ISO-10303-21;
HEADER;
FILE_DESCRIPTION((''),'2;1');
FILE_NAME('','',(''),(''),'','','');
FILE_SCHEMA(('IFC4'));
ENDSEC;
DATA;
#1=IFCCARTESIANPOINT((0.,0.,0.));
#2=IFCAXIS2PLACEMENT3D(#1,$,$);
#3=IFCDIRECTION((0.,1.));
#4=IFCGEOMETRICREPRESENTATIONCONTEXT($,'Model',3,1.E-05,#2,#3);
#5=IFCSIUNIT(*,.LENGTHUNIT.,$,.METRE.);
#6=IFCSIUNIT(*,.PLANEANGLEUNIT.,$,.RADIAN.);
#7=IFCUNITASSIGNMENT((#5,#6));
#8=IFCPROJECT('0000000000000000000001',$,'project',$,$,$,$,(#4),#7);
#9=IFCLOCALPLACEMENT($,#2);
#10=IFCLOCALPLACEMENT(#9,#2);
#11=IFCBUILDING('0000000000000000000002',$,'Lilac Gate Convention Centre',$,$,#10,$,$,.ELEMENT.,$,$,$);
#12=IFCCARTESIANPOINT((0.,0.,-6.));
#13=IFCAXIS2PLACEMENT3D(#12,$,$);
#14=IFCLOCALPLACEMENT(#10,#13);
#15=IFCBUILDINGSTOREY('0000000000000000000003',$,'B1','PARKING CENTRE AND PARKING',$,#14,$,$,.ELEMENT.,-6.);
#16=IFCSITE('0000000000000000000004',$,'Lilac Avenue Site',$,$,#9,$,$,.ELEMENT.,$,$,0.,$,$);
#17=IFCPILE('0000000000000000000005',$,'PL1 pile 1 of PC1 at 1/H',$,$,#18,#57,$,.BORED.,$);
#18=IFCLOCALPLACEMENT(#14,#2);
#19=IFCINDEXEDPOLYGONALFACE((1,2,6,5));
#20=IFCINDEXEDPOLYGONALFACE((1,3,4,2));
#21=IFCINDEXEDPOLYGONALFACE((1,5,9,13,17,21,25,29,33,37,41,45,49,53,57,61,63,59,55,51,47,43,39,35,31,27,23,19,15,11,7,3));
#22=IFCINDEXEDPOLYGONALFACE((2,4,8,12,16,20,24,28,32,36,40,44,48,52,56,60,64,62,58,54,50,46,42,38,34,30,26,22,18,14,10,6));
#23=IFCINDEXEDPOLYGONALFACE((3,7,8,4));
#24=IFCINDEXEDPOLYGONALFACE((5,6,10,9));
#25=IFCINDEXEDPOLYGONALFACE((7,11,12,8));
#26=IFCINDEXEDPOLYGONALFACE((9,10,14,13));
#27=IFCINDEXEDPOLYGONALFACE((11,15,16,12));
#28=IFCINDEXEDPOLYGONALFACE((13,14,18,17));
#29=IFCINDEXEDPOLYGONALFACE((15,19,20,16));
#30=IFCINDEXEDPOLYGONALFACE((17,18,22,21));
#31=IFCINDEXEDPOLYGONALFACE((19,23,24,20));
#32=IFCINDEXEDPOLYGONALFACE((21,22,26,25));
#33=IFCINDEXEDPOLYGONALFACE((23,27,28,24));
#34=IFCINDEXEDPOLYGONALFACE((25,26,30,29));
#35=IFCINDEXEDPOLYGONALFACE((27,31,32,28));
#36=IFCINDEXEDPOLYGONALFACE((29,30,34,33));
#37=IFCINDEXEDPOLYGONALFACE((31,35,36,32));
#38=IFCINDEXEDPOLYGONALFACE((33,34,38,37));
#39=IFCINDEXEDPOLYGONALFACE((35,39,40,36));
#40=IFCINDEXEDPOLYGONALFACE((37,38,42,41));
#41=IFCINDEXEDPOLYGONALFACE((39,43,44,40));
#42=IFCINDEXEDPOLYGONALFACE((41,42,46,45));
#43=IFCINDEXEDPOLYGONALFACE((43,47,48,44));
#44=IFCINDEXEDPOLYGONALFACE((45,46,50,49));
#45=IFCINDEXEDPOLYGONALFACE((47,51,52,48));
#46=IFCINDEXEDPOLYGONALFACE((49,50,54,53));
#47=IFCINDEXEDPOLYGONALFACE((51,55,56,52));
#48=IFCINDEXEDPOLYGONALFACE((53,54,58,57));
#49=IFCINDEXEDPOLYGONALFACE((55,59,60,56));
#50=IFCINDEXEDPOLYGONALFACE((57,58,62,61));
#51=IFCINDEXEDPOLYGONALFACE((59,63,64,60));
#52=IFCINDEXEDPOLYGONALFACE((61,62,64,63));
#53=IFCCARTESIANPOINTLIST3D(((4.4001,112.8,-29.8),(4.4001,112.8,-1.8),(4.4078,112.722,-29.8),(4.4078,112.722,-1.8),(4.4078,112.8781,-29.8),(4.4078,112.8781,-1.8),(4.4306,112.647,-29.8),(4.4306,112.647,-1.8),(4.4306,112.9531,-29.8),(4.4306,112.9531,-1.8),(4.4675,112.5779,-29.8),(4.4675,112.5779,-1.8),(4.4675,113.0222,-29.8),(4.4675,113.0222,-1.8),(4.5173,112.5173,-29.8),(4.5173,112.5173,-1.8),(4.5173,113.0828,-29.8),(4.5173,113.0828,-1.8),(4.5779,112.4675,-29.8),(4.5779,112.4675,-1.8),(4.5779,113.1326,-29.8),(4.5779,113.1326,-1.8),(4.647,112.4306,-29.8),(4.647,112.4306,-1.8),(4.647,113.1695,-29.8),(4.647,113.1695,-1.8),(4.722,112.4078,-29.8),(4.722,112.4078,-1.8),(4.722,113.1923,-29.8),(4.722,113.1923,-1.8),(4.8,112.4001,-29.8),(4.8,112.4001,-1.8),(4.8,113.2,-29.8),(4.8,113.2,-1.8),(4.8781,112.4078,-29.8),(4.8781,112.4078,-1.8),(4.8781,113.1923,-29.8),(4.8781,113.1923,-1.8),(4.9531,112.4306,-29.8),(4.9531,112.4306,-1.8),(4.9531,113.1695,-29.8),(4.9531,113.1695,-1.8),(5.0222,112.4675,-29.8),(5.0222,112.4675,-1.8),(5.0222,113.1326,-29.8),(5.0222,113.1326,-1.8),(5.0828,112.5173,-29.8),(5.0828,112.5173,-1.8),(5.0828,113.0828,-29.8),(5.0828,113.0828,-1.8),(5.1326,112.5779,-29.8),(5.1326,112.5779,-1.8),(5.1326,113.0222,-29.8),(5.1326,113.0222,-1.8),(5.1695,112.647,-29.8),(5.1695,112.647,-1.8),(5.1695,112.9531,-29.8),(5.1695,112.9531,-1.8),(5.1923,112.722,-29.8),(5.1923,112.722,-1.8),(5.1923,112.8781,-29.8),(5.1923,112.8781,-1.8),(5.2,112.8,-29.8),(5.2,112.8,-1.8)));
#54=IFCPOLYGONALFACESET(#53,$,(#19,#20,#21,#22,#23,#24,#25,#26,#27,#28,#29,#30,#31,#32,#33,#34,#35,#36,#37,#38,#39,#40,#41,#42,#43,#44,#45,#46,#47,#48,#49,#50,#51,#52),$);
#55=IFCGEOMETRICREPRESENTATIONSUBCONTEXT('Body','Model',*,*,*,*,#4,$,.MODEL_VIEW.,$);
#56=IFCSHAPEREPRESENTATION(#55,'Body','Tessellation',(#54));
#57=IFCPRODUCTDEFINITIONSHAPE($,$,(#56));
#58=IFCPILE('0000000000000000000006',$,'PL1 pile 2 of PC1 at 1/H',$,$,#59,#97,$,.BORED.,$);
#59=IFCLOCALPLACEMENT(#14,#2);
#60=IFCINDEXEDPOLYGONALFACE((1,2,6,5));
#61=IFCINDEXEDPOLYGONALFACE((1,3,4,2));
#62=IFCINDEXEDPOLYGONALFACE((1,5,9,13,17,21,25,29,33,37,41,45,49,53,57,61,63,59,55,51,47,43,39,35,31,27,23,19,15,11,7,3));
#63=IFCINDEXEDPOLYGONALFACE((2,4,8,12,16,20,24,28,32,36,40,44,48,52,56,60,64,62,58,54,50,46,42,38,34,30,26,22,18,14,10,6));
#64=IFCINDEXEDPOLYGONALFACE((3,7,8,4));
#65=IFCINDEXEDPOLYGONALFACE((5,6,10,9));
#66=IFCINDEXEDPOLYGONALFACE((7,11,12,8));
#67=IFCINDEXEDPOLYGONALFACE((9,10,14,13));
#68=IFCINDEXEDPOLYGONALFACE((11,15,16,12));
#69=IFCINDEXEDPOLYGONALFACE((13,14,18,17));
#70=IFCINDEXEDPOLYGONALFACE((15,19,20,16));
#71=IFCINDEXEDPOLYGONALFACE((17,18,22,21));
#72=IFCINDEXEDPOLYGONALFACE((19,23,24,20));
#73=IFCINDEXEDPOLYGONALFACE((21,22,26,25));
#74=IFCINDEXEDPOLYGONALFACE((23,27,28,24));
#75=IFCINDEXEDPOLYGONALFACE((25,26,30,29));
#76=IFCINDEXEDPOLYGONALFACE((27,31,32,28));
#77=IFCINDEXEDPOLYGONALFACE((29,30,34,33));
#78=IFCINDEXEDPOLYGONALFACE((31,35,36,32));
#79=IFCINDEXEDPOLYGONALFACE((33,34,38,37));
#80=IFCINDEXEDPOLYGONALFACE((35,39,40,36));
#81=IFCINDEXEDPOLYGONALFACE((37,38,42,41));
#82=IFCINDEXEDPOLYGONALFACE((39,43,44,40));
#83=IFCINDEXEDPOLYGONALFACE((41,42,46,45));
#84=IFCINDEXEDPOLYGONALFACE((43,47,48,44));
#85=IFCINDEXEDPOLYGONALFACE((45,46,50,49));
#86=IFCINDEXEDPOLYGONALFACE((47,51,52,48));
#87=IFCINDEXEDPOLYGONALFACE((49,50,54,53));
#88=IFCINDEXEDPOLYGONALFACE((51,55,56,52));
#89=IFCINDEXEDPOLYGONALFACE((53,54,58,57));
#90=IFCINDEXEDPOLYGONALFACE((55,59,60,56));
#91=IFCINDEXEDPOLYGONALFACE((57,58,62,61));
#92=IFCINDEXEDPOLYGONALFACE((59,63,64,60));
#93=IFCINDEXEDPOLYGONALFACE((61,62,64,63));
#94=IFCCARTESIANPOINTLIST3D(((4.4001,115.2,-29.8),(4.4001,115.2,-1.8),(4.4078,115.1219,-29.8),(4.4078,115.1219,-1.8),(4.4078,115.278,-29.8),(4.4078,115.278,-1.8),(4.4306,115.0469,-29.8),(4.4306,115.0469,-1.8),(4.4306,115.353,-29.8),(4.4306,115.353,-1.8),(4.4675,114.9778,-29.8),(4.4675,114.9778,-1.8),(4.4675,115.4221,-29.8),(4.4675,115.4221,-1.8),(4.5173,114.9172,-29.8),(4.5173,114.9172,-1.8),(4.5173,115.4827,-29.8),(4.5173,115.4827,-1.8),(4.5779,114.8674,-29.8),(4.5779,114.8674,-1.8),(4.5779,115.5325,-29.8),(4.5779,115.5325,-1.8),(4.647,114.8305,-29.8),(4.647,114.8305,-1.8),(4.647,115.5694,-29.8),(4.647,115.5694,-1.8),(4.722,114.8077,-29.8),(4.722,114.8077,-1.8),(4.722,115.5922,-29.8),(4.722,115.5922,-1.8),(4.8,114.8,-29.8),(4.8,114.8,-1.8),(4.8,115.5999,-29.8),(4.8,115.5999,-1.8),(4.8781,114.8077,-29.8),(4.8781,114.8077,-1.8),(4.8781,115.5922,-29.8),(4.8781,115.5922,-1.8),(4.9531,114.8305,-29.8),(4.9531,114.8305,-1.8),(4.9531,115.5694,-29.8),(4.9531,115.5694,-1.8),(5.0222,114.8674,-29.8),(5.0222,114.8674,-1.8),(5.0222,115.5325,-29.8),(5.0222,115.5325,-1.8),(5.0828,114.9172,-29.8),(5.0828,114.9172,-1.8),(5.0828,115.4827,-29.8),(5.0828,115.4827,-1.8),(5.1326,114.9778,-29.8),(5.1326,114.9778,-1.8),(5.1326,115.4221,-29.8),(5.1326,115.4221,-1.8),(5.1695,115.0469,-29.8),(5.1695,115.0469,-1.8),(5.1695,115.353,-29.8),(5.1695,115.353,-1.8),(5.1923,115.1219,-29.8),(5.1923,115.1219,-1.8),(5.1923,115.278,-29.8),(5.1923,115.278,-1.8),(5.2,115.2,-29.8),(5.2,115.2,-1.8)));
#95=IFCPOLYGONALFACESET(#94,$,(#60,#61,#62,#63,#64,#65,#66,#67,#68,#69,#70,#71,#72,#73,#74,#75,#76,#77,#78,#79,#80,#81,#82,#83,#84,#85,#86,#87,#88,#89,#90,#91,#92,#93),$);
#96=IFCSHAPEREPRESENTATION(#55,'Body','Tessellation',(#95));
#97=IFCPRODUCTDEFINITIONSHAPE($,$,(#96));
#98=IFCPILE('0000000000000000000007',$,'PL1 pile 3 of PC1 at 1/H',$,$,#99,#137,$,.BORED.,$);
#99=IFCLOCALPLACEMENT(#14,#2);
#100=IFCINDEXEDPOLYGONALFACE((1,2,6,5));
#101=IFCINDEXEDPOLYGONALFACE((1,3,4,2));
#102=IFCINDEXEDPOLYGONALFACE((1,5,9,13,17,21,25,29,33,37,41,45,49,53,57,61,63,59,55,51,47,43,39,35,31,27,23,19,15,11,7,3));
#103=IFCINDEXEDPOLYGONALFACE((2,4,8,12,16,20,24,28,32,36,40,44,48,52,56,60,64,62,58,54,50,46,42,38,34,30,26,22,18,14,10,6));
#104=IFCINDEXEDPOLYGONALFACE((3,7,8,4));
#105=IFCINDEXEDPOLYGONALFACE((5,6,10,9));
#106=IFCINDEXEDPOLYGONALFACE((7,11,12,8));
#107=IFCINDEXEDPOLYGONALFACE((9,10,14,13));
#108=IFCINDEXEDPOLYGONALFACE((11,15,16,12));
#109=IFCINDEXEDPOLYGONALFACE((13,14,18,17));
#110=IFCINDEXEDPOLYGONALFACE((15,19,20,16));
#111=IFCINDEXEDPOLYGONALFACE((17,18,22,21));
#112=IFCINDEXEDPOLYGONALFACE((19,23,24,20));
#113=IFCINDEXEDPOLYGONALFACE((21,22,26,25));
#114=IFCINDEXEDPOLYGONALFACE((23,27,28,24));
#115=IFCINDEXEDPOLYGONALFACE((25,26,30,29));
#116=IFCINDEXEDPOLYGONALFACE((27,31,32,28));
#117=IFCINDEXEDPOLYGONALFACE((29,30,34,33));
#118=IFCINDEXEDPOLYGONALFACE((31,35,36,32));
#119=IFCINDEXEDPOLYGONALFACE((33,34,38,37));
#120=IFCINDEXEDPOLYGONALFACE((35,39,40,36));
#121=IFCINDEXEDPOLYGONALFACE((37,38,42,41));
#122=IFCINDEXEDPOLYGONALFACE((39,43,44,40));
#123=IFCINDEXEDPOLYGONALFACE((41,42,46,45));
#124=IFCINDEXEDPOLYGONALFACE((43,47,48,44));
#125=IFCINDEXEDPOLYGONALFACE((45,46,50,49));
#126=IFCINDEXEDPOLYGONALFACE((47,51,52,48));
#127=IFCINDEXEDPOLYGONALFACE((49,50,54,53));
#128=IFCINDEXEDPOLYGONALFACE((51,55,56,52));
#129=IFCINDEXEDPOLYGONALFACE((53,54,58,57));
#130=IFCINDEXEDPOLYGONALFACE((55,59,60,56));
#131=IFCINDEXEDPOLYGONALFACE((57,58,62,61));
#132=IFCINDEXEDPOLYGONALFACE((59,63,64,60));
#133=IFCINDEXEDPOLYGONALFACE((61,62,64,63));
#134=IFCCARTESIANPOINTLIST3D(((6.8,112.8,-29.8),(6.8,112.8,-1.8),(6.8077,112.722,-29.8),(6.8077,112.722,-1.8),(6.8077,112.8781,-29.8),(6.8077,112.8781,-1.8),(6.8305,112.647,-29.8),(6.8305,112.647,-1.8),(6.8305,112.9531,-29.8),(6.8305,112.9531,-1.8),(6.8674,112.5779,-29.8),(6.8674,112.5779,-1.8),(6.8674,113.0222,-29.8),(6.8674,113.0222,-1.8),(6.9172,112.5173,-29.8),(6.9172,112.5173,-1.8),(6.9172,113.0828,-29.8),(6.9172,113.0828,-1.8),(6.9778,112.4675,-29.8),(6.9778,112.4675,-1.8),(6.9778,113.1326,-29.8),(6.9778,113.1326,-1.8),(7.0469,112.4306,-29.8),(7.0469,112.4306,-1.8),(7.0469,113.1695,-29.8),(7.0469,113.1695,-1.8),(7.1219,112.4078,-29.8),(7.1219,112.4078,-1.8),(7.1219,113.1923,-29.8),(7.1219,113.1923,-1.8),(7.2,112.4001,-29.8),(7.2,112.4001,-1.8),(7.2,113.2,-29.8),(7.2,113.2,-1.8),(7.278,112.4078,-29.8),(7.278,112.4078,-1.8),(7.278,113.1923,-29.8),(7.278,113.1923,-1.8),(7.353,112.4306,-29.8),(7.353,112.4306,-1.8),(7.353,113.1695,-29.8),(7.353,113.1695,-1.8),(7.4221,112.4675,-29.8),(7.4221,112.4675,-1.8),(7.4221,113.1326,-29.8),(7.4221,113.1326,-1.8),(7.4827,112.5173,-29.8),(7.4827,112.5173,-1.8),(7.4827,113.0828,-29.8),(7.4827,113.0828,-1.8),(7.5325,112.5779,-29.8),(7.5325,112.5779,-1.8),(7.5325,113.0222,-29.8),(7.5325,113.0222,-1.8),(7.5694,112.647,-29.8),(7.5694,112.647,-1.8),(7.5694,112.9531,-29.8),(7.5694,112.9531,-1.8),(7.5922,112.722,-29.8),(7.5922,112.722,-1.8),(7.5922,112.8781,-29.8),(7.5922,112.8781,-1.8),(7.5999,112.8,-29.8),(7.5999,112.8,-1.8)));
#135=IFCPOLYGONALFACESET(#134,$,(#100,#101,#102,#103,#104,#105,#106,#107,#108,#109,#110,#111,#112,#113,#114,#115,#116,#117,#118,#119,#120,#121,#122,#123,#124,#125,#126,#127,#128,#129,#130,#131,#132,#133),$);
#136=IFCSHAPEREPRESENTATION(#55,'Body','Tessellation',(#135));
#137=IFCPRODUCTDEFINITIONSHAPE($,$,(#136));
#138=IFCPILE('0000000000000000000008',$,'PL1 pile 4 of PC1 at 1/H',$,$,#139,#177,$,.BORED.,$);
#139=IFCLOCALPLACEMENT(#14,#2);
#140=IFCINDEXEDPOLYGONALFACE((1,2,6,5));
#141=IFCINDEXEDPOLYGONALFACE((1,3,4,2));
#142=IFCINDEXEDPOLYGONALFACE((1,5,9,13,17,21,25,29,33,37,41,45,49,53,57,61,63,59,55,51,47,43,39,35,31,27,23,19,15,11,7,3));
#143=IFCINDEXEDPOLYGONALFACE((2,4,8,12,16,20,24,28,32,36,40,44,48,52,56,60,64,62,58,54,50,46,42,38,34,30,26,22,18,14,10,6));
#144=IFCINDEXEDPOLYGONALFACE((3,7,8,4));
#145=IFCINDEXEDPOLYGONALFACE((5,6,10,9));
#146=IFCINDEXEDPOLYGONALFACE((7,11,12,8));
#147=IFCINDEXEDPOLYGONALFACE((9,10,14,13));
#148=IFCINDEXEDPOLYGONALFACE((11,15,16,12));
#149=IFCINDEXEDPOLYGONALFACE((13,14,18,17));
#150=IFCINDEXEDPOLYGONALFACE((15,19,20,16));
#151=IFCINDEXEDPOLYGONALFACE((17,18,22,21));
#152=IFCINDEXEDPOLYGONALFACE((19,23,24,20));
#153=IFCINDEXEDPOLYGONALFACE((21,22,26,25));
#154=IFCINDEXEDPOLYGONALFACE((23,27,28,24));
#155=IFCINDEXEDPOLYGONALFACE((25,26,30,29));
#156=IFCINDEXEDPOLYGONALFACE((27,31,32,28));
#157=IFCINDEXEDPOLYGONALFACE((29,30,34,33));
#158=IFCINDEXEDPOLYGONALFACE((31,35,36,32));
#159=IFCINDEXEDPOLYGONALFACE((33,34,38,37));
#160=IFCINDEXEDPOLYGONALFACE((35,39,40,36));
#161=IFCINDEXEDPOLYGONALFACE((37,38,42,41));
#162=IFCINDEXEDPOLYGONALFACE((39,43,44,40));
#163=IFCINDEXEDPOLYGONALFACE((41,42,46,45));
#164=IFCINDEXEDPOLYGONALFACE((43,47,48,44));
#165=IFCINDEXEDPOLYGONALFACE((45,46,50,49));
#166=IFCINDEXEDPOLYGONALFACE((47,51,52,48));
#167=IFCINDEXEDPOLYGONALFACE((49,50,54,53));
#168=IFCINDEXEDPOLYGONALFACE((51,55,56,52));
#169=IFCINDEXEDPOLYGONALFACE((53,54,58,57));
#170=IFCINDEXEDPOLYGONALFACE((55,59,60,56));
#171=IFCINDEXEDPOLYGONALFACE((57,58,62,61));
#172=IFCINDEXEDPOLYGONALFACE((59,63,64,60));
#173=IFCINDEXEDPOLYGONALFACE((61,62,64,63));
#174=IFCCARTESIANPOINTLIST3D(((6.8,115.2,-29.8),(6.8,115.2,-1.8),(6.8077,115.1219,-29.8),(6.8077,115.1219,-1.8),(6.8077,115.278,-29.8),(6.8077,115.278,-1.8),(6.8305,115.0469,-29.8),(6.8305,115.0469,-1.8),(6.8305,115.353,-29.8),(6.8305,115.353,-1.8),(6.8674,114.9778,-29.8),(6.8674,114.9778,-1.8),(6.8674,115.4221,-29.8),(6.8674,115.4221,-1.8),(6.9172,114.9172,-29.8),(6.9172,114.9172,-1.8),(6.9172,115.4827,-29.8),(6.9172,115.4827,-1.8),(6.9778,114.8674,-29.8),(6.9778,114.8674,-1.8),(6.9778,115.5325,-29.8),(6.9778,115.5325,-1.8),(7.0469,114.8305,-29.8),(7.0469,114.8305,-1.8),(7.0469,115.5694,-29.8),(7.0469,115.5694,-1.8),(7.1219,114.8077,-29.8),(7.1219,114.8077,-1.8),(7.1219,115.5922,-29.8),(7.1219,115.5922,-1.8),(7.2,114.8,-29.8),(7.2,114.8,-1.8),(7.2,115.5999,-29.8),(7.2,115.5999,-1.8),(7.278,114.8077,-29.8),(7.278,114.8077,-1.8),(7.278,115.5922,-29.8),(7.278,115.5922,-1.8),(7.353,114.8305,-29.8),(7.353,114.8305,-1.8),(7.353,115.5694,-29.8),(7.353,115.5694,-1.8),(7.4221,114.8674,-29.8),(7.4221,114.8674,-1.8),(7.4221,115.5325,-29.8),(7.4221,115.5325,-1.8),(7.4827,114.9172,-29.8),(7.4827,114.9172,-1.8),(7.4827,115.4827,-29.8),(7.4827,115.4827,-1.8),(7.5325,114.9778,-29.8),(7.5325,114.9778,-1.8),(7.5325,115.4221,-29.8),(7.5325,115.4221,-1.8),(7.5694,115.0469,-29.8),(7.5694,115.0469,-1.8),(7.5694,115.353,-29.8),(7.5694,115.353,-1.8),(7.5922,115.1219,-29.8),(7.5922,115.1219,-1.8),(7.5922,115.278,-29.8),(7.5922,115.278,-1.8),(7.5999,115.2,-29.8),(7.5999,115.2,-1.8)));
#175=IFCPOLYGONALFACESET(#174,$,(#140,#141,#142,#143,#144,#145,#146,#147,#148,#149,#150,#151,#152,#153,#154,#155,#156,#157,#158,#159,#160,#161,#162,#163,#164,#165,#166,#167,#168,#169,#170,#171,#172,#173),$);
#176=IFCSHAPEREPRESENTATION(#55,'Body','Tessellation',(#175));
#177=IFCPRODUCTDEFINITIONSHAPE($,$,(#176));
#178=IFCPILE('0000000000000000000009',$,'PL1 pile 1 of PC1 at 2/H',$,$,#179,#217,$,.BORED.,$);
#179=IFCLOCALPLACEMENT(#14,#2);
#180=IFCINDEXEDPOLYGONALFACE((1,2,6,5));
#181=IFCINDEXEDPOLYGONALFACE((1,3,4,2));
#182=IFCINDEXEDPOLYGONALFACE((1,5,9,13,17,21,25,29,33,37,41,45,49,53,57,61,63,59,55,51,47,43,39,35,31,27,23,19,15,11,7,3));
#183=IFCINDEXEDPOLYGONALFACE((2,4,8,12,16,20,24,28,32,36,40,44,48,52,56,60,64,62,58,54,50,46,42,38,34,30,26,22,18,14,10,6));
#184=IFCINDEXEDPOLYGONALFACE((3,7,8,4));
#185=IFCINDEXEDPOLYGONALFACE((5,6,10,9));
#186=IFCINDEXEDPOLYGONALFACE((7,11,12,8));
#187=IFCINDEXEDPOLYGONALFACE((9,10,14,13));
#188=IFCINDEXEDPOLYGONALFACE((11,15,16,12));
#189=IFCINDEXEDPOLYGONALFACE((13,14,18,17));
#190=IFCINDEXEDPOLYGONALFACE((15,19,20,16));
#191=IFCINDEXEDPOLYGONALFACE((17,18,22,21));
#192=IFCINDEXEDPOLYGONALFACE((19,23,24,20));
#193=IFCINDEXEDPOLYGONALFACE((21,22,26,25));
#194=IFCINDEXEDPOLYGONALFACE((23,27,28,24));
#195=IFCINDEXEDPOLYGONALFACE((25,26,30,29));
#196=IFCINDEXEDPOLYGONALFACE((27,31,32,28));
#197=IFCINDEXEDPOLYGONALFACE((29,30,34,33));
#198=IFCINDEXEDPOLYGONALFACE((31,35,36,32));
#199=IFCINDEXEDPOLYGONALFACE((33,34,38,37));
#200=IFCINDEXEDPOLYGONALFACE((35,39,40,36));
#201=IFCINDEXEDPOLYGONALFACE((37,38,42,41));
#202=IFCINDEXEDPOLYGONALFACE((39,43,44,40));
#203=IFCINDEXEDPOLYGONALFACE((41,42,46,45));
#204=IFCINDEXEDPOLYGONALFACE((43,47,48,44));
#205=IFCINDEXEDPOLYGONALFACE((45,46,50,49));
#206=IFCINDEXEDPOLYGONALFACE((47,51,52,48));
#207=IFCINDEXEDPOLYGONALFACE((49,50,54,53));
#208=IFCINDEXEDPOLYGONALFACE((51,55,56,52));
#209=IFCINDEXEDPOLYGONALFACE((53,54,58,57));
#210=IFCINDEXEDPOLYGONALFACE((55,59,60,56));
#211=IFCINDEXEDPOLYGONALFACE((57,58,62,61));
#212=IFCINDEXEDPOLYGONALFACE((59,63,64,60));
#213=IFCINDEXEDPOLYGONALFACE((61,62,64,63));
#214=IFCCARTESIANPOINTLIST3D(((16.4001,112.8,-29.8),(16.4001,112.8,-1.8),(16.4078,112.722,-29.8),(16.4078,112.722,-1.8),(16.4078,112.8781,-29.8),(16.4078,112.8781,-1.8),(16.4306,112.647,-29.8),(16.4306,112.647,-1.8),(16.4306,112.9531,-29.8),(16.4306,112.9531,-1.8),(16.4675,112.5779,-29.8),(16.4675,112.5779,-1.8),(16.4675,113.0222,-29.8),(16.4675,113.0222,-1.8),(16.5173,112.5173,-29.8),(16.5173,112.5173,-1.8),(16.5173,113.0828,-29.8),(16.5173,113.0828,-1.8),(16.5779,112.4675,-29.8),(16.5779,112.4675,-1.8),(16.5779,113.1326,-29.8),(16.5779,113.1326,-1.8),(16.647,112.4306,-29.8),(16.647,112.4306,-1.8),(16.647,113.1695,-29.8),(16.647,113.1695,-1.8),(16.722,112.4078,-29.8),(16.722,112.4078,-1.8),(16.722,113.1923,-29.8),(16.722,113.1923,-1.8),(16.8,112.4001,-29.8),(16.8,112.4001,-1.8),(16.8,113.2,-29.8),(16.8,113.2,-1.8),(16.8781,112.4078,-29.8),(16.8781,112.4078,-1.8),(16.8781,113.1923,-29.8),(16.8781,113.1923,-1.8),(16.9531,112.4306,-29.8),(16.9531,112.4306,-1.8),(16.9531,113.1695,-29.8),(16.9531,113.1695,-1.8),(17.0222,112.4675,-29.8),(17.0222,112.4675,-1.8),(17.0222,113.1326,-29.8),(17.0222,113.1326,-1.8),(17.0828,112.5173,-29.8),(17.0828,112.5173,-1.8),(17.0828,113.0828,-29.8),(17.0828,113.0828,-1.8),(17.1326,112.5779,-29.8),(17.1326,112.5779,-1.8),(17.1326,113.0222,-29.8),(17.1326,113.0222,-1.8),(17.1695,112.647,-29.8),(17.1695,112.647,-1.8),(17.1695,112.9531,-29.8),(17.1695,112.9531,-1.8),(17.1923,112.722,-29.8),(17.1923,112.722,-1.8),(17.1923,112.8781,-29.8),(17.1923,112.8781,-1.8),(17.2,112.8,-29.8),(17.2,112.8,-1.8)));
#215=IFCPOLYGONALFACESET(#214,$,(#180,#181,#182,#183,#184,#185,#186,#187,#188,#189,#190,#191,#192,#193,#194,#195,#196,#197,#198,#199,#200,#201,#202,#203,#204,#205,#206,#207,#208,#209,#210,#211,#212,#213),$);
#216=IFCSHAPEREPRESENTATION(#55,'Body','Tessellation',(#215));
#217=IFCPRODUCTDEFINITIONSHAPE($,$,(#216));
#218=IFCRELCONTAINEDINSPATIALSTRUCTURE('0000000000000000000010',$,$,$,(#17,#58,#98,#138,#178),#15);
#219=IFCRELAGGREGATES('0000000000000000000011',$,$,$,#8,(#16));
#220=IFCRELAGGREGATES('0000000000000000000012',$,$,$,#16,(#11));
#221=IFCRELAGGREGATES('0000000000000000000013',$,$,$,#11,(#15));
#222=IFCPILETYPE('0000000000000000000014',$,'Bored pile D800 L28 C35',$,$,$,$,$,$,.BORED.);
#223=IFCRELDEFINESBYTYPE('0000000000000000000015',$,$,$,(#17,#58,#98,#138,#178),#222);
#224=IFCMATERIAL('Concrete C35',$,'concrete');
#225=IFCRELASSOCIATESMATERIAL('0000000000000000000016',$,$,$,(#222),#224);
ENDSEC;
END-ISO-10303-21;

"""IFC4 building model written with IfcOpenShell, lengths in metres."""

from ifc_helpers import new_model, si_unit, direction, frame, origin, origin_2d, place, context, subcontext, project, spatial, circle, extrude, material, material_profile, profile_set, type_object, element, save


model = new_model("IFC4")

# Units and contexts
model_context = context("Model", 3, precision=1e-05, world=origin(), true_north=direction((0.0, 1.0)))
body_context = subcontext(model_context, "Body", "Model", "MODEL_VIEW")
ifc_project = project(units=[si_unit("LENGTHUNIT", "METRE"), si_unit("PLANEANGLEUNIT", "RADIAN")], contexts=[model_context])

# Site, building, storey
site_placement = place(None, origin())
site = spatial("IfcSite", under=ifc_project, at=site_placement, Name="Lilac Avenue Site", CompositionType="ELEMENT", RefElevation=0.0)
building_placement = place(site_placement, origin())
building = spatial("IfcBuilding", under=site, at=building_placement, Name="Lilac Gate Convention Centre", CompositionType="ELEMENT")
storey_placement = place(building_placement, frame((0.0, 0.0, -6.0)))
storey = spatial("IfcBuildingStorey", under=building, at=storey_placement, Name="B1", Description="PARKING CENTRE AND PARKING", CompositionType="ELEMENT", Elevation=-6.0)

# Piles
ifc_material_1 = material(Name="Concrete C35", Category="concrete")
ifc_material_profile_1 = material_profile(ifc_material_1, circle(Radius=0.3999, at=origin_2d()), Name="D800")
ifc_profile_set_1 = profile_set([ifc_material_profile_1], Name="Concrete C35")
pile_type = type_object("IfcPileType", Name="Bored pile D800 L28 C35", PredefinedType="BORED", material=ifc_profile_set_1)
for number, where, z_axis, x_axis, name in (
    (1, (4.8, 112.8, -1.8), (0.0, 0.0, -1.0), (1.0, 0.0, 0.0), "PL1 pile 1 of PC1 at 1/H"),
    (2, (4.8, 115.2, -1.8), (0.0, 0.0, -1.0), (1.0, 0.0, 0.0), "PL1 pile 2 of PC1 at 1/H"),
    (3, (7.2, 112.8, -1.8), (0.0, 0.0, -1.0), (1.0, 0.0, 0.0), "PL1 pile 3 of PC1 at 1/H"),
    (4, (7.2, 115.2, -1.8), (0.0, 0.0, -1.0), (1.0, 0.0, 0.0), "PL1 pile 4 of PC1 at 1/H"),
    (5, (16.8, 112.8, -1.8), (0.0, 0.0, -1.0), (1.0, 0.0, 0.0), "PL1 pile 1 of PC1 at 2/H"),
):
    element("IfcPile", number, at=place(storey_placement, frame(where, z_axis=z_axis, x_axis=x_axis)), inside=storey, type_object=pile_type, Name=name, PredefinedType="BORED", context=body_context, shape_type="SweptSolid", body=[
        extrude(circle(Radius=0.3999, at=origin_2d()), origin(), (0.0, 0.0, 1.0), 28.0),
    ])

save(model, "model.ifc")
